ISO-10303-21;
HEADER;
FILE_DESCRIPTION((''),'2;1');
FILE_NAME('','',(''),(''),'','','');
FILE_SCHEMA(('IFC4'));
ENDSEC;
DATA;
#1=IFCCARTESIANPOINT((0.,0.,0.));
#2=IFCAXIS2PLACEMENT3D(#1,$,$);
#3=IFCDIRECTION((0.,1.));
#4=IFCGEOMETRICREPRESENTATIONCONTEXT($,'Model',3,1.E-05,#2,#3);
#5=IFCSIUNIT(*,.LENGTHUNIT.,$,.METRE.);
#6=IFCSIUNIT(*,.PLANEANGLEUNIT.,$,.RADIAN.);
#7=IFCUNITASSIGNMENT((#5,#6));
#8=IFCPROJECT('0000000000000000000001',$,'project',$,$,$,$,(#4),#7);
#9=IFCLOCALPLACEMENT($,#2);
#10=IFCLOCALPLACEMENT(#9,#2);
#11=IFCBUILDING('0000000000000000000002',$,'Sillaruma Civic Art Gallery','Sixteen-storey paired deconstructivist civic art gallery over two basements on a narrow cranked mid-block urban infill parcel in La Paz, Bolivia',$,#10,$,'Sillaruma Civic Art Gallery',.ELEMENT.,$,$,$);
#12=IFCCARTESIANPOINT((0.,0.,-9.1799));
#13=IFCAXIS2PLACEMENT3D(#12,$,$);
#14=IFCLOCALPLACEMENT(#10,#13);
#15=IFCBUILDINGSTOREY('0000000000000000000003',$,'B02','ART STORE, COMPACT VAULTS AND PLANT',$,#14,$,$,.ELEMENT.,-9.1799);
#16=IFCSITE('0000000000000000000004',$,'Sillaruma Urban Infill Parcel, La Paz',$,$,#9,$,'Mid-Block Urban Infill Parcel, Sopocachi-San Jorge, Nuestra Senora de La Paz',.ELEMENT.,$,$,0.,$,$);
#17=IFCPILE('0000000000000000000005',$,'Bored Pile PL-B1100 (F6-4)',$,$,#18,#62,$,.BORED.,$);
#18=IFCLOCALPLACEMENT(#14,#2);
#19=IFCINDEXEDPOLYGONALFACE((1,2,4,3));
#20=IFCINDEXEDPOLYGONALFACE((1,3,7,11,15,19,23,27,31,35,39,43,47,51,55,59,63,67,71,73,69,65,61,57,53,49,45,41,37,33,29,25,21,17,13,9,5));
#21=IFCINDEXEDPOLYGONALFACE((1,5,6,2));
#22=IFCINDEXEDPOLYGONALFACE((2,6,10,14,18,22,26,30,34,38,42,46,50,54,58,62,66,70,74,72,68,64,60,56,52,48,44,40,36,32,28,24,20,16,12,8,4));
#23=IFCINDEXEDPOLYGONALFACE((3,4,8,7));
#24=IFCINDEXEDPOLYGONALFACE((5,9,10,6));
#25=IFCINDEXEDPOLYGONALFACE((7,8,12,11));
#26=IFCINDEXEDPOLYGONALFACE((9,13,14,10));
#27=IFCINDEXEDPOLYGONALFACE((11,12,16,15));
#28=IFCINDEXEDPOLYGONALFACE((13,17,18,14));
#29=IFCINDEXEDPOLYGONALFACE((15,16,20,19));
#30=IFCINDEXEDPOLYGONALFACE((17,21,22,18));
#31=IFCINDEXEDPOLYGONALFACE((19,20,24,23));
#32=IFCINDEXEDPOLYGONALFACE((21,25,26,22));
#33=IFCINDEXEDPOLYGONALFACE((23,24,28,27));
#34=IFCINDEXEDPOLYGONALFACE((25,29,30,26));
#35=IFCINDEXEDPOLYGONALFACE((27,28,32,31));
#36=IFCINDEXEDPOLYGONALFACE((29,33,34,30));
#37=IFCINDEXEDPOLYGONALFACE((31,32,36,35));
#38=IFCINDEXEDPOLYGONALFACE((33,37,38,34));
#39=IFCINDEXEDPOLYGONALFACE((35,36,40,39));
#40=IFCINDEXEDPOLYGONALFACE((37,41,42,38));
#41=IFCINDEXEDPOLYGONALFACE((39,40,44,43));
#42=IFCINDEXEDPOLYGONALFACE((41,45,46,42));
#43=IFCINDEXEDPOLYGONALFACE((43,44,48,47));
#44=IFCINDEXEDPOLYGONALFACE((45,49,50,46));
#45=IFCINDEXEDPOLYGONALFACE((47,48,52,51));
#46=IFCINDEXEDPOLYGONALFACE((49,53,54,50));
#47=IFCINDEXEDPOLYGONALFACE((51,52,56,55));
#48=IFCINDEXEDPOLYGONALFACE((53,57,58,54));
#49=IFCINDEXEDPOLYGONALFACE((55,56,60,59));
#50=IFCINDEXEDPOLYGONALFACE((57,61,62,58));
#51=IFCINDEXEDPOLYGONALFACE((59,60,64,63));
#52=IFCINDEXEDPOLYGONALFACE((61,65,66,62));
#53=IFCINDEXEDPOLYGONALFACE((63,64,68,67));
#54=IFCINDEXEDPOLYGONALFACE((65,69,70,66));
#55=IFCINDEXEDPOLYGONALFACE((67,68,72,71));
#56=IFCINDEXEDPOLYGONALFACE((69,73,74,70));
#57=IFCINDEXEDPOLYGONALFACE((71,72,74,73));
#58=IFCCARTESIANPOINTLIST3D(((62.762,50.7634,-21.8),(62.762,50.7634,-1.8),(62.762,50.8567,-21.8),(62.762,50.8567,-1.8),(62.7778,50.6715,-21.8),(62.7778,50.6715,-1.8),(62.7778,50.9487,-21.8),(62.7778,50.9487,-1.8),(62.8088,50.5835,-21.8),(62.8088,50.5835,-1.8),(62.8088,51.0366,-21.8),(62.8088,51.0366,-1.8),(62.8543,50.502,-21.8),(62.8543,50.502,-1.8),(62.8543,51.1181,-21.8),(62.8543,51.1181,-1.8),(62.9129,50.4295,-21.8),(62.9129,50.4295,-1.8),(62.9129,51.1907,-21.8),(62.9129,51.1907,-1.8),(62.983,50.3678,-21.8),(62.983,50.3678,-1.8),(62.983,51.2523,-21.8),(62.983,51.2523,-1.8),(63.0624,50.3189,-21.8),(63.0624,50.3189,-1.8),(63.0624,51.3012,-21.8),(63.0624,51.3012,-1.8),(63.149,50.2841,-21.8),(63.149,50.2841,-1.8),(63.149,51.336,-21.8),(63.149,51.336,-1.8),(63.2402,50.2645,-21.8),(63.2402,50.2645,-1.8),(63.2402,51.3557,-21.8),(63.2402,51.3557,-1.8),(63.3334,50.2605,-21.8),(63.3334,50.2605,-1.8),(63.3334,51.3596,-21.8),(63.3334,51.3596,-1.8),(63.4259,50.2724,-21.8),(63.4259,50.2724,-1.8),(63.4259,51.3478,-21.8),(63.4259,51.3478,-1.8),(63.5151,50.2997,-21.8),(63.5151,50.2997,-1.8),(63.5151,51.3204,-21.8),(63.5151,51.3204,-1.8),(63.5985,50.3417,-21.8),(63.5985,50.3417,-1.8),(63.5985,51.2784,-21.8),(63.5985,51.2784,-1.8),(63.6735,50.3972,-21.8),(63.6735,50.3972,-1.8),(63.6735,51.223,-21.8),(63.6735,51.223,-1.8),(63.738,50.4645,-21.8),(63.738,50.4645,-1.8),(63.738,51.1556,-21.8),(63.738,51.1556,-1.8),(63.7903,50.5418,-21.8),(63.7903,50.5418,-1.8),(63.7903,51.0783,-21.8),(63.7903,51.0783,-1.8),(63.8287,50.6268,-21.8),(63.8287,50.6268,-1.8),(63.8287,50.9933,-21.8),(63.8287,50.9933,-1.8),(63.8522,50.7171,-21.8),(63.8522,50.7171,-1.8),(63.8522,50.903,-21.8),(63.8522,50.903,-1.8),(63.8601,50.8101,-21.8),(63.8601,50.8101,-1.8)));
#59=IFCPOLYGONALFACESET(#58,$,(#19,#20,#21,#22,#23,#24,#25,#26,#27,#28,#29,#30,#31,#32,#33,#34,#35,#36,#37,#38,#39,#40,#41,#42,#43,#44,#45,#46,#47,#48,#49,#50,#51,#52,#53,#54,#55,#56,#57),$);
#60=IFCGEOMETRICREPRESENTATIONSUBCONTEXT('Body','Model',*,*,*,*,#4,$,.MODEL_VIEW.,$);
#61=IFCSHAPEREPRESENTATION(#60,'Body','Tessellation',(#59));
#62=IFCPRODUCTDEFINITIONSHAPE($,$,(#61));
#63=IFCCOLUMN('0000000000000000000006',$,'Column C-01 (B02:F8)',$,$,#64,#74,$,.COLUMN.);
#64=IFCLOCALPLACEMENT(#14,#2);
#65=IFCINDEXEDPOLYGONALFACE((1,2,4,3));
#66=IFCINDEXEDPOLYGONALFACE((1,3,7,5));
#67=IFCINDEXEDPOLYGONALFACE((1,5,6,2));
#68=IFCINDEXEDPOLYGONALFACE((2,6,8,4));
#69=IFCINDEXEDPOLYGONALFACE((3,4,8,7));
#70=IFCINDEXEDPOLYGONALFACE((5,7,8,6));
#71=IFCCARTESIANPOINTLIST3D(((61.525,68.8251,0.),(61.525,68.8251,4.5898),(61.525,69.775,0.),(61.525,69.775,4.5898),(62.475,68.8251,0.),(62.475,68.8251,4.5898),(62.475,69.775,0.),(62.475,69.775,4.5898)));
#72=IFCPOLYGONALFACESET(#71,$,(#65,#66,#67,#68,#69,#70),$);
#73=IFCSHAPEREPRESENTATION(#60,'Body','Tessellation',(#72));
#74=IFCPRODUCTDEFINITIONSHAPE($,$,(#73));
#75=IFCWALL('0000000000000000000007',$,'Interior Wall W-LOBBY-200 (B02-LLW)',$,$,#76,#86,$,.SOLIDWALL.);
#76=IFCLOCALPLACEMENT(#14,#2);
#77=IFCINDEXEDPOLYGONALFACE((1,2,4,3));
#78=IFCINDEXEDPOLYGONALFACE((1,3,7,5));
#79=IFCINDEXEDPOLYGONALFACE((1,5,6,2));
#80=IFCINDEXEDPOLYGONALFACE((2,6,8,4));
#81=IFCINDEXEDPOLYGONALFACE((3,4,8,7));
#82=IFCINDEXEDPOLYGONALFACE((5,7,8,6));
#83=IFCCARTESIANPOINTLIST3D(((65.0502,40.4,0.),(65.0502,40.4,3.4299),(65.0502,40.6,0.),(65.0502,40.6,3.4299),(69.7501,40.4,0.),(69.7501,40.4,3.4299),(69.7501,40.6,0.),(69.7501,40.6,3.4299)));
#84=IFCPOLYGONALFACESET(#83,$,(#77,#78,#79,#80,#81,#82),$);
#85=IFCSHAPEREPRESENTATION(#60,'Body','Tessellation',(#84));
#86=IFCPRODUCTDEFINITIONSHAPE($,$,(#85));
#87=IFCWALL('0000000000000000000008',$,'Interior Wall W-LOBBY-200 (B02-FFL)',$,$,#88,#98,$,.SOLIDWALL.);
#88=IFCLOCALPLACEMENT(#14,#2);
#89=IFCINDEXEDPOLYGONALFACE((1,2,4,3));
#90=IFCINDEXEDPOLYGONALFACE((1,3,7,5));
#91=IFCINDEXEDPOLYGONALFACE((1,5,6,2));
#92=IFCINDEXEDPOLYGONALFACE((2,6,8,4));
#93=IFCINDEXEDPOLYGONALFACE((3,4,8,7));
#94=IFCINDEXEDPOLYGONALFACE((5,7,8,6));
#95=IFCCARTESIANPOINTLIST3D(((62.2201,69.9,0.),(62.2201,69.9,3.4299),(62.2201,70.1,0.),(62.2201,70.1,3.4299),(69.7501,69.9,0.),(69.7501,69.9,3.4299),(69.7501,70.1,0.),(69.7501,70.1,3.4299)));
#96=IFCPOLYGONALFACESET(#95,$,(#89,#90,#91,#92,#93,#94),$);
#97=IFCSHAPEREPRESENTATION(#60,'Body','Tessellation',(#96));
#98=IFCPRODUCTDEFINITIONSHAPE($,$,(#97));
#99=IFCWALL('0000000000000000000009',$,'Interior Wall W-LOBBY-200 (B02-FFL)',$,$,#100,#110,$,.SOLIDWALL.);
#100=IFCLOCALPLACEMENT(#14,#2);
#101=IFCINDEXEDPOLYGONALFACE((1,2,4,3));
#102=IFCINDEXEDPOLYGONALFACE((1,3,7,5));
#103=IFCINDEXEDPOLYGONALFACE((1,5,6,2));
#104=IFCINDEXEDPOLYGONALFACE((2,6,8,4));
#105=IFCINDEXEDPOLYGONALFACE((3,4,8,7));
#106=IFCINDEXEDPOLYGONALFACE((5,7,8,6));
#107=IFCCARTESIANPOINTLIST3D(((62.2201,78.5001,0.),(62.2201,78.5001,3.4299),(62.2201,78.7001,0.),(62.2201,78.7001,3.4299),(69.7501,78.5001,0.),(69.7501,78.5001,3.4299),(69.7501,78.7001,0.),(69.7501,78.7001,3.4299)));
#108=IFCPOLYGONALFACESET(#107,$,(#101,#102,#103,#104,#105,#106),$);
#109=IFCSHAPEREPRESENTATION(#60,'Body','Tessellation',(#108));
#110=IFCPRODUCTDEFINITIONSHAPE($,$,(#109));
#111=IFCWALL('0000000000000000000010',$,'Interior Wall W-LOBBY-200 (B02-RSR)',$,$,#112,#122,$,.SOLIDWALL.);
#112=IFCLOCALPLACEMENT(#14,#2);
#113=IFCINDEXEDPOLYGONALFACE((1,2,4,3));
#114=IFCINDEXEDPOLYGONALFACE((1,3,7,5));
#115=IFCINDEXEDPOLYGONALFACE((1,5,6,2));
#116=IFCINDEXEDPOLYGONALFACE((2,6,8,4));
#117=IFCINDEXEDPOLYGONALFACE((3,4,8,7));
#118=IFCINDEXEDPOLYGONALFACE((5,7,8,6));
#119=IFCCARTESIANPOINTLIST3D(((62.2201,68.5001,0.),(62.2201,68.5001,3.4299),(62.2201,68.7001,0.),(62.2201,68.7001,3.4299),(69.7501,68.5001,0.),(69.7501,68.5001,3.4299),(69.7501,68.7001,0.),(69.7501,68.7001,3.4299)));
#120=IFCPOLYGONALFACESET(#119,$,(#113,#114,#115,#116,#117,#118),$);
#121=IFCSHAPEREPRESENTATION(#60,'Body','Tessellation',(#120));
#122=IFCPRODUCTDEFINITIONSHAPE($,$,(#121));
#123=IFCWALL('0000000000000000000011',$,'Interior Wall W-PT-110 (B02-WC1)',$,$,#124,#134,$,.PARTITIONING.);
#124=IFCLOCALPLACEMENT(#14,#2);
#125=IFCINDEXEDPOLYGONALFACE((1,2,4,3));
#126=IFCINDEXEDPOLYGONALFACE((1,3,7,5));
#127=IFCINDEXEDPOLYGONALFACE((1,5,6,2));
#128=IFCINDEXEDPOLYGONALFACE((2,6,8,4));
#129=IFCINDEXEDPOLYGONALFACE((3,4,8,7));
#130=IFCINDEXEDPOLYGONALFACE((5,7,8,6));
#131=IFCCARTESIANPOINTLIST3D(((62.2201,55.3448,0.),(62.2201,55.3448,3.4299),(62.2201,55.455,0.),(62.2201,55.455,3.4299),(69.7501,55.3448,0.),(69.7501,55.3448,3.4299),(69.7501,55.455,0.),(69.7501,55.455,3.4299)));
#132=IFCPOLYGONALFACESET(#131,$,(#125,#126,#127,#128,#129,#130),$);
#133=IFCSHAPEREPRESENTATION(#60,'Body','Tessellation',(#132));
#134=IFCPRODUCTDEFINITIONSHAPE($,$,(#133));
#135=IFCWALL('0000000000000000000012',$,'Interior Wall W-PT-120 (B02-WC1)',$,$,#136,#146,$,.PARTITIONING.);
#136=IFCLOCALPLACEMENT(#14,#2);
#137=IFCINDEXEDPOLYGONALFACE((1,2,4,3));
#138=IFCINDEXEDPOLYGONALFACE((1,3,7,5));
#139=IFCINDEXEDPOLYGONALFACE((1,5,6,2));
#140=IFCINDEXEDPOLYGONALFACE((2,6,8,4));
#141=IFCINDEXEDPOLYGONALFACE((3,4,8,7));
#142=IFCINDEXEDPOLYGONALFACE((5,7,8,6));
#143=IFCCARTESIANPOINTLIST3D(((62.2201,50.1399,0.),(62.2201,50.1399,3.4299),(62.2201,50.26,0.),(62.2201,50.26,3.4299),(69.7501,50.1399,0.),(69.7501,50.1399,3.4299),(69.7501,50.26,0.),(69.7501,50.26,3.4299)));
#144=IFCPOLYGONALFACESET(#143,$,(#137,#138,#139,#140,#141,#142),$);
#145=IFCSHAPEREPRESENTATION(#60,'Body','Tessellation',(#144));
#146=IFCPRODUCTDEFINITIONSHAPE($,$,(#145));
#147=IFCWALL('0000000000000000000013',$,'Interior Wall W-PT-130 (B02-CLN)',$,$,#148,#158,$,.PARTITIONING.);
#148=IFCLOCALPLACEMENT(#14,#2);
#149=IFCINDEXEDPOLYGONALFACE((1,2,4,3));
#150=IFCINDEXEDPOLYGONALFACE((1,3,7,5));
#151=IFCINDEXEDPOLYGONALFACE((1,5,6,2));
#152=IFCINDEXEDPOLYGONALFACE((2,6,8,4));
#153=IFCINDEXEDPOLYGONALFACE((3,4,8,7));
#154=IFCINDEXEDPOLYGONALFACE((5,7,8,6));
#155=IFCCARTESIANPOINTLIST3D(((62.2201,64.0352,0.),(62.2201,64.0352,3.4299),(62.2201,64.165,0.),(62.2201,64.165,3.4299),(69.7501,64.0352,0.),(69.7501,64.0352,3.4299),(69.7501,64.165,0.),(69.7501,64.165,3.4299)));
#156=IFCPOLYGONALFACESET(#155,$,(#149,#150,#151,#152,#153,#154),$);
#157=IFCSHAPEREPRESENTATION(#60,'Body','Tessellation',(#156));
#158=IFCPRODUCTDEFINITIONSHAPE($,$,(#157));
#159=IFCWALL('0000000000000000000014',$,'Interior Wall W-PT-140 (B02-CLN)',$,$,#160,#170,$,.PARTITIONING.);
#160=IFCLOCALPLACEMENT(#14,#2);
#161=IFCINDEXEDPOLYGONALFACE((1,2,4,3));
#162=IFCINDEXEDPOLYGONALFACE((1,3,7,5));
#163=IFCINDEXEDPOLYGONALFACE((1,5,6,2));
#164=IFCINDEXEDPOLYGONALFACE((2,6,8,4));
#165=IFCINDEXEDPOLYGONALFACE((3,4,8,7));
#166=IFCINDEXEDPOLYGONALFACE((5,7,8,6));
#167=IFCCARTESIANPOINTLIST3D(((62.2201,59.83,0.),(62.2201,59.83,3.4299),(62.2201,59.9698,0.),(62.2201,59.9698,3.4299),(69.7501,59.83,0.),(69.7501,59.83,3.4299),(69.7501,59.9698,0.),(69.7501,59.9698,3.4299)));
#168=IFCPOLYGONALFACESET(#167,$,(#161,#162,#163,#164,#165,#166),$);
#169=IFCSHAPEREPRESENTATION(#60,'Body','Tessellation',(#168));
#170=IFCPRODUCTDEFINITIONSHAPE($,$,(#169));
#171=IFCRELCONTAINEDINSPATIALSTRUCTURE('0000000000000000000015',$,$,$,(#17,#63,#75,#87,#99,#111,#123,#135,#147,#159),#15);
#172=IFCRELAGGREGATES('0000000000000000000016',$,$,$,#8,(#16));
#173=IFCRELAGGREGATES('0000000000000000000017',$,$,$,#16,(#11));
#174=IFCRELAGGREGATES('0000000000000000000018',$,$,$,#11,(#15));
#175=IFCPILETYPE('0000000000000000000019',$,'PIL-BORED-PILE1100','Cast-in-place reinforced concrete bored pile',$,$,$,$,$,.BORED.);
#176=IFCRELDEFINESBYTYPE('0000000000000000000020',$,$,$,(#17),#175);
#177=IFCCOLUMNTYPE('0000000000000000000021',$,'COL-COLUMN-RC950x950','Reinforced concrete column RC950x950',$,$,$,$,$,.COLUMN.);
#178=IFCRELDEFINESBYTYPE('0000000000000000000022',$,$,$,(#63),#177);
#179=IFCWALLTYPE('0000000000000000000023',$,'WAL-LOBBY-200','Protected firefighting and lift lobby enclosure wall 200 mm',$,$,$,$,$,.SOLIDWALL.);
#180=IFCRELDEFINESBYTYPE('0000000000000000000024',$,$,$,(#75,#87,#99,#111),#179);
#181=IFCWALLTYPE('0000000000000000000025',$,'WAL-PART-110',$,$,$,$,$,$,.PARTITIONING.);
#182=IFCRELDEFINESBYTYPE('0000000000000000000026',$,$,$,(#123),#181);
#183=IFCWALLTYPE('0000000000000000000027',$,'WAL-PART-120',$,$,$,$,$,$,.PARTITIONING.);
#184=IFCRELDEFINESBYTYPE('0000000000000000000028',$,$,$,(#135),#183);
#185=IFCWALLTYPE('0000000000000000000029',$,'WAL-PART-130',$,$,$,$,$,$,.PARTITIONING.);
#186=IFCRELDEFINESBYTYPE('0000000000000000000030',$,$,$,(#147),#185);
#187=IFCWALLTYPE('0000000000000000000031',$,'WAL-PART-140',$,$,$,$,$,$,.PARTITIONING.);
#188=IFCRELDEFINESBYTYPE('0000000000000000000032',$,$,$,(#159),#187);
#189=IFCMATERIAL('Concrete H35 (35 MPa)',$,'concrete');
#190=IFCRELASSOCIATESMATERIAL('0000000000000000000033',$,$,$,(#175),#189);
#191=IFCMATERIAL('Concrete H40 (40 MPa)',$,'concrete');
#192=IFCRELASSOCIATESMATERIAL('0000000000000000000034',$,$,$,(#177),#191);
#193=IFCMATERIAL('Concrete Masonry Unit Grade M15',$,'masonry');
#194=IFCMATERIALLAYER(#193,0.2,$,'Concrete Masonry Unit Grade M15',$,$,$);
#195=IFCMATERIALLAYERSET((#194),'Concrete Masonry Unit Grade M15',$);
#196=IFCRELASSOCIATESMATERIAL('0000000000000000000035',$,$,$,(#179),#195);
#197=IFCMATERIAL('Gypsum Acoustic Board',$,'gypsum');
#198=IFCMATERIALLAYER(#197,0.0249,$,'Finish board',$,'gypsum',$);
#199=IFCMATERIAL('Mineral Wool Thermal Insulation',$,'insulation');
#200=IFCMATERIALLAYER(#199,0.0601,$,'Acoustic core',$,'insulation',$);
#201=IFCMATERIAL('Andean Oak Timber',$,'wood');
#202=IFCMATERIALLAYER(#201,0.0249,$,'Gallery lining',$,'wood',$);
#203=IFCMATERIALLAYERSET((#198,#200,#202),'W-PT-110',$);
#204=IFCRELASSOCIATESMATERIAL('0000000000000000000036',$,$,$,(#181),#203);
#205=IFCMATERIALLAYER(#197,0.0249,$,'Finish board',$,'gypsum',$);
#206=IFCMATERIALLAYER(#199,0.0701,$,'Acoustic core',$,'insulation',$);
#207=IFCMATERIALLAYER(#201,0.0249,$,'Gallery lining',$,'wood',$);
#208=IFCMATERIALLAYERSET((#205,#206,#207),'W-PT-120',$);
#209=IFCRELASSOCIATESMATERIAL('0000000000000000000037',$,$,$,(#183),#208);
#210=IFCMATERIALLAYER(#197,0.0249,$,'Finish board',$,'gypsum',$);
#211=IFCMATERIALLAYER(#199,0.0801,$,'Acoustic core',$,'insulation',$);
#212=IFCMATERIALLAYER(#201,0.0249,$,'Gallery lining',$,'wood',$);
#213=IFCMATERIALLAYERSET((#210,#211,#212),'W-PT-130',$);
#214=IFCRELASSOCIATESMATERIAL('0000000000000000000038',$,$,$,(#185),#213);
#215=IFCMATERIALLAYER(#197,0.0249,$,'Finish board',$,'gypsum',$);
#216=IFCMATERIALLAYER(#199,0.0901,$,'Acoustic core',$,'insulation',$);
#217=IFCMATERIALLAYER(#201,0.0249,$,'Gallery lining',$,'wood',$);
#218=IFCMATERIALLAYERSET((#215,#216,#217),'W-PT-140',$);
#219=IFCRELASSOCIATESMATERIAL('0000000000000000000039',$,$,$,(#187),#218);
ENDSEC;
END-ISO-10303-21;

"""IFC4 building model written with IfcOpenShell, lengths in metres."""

from ifc_helpers import new_model, si_unit, direction, frame, frame_2d, origin, origin_2d, place, context, subcontext, project, spatial, rectangle, circle, extrude, material, layer, layer_set, material_profile, profile_set, type_object, element, save


model = new_model("IFC4")

# Units and contexts
model_context = context("Model", 3, precision=1e-05, world=origin(), true_north=direction((0.0, 1.0)))
body_context = subcontext(model_context, "Body", "Model", "MODEL_VIEW")
ifc_project = project(units=[si_unit("LENGTHUNIT", "METRE"), si_unit("PLANEANGLEUNIT", "RADIAN")], contexts=[model_context])

# Site, building, storey
site_placement = place(None, origin())
site = spatial("IfcSite", under=ifc_project, at=site_placement, Name="Sillaruma Urban Infill Parcel, La Paz", LongName="Mid-Block Urban Infill Parcel, Sopocachi-San Jorge, Nuestra Senora de La Paz", CompositionType="ELEMENT", RefElevation=0.0)
building_placement = place(site_placement, origin())
building = spatial("IfcBuilding", under=site, at=building_placement, Name="Sillaruma Civic Art Gallery", Description="Sixteen-storey paired deconstructivist civic art gallery over two basements on a narrow cranked mid-block urban infill parcel in La Paz, Bolivia", LongName="Sillaruma Civic Art Gallery", CompositionType="ELEMENT")
storey_placement = place(building_placement, frame((0.0, 0.0, -9.1799)))
storey = spatial("IfcBuildingStorey", under=building, at=storey_placement, Name="B02", Description="ART STORE, COMPACT VAULTS AND PLANT", CompositionType="ELEMENT", Elevation=-9.1799)

# Shared definitions
ifc_material_1 = material(Name="Concrete H35 (35 MPa)", Category="concrete")

# Pile
ifc_material_profile_1 = material_profile(ifc_material_1, circle(Radius=0.55, at=origin_2d()), Name="PILE1100")
ifc_profile_set_1 = profile_set([ifc_material_profile_1], Name="Concrete H35 (35 MPa)")
pile_type_1 = type_object("IfcPileType", Name="PIL-BORED-PILE1100", Description="Cast-in-place reinforced concrete bored pile", PredefinedType="BORED", material=ifc_profile_set_1)
for number, where, z_axis, x_axis, name in (
    (1, (63.3101, 50.8101, -1.8), (0.0, 0.0, -1.0), (1.0, 0.0, 0.0), "Bored Pile PL-B1100 (F6-4)"),
):
    element("IfcPile", number, at=place(storey_placement, frame(where, z_axis=z_axis, x_axis=x_axis)), inside=storey, type_object=pile_type_1, Name=name, PredefinedType="BORED", context=body_context, shape_type="SweptSolid", body=[
        extrude(circle(Radius=0.55, at=origin_2d()), origin(), (0.0, 0.0, 1.0), 20.0),
    ])

# Column
ifc_material_2 = material(Name="Concrete H40 (40 MPa)", Category="concrete")
ifc_material_profile_2 = material_profile(ifc_material_2, rectangle(XDim=0.95, YDim=0.95, at=origin_2d()), Name="RC950x950")
ifc_profile_set_2 = profile_set([ifc_material_profile_2], Name="Concrete H40 (40 MPa)")
column_type = type_object("IfcColumnType", Name="COL-COLUMN-RC950x950", Description="Reinforced concrete column RC950x950", PredefinedType="COLUMN", material=ifc_profile_set_2)
column_placement = place(storey_placement, frame((62.0, 69.3, 0.0), z_axis=(0.0, 0.0, 1.0), x_axis=(1.0, 0.0, 0.0)))
element("IfcColumn", 2, at=column_placement, inside=storey, type_object=column_type, Name="Column C-01 (B02:F8)", PredefinedType="COLUMN", context=body_context, shape_type="SweptSolid", body=[
    extrude(rectangle(XDim=0.95, YDim=0.95, at=origin_2d()), origin(), (0.0, 0.0, 1.0), 4.5898),
])

# Walls
ifc_material_3 = material(Name="Concrete Masonry Unit Grade M15", Category="masonry")
ifc_layer_1 = layer(ifc_material_3, 0.2, Name="Concrete Masonry Unit Grade M15")
ifc_layer_set_1 = layer_set([ifc_layer_1], Name="Concrete Masonry Unit Grade M15")
wall_type_1 = type_object("IfcWallType", Name="WAL-LOBBY-200", Description="Protected firefighting and lift lobby enclosure wall 200 mm", PredefinedType="SOLIDWALL", material=ifc_layer_set_1)
wall_1_placement = place(storey_placement, frame((65.05, 40.5, 0.0), z_axis=(0.0, 0.0, 1.0), x_axis=(1.0, 0.0, 0.0)))
element("IfcWall", 3, at=wall_1_placement, inside=storey, type_object=wall_type_1, Name="Interior Wall W-LOBBY-200 (B02-LLW)", PredefinedType="SOLIDWALL", context=body_context, shape_type="SweptSolid", body=[
    extrude(rectangle(XDim=4.7, YDim=0.2, at=frame_2d((2.3501, 0.0))), origin(), (0.0, 0.0, 1.0), 3.4299),
])
for number, where, z_axis, x_axis, name in (
    (4, (62.22, 70.0, 0.0), (0.0, 0.0, 1.0), (1.0, 0.0, 0.0), "Interior Wall W-LOBBY-200 (B02-FFL)"),
    (5, (62.22, 78.6001, 0.0), (0.0, 0.0, 1.0), (1.0, 0.0, 0.0), "Interior Wall W-LOBBY-200 (B02-FFL)"),
    (6, (62.22, 68.6001, 0.0), (0.0, 0.0, 1.0), (1.0, 0.0, 0.0), "Interior Wall W-LOBBY-200 (B02-RSR)"),
):
    element("IfcWall", number, at=place(storey_placement, frame(where, z_axis=z_axis, x_axis=x_axis)), inside=storey, type_object=wall_type_1, Name=name, PredefinedType="SOLIDWALL", context=body_context, shape_type="SweptSolid", body=[
        extrude(rectangle(XDim=7.53, YDim=0.2, at=frame_2d((3.7651, 0.0))), origin(), (0.0, 0.0, 1.0), 3.4299),
    ])
ifc_material_4 = material(Name="Gypsum Acoustic Board", Category="gypsum")
ifc_layer_2 = layer(ifc_material_4, 0.0249, Name="Finish board", Category="gypsum")
ifc_material_5 = material(Name="Mineral Wool Thermal Insulation", Category="insulation")
ifc_layer_3 = layer(ifc_material_5, 0.0601, Name="Acoustic core", Category="insulation")
ifc_material_6 = material(Name="Andean Oak Timber", Category="wood")
ifc_layer_4 = layer(ifc_material_6, 0.0249, Name="Gallery lining", Category="wood")
ifc_layer_set_2 = layer_set([ifc_layer_2, ifc_layer_3, ifc_layer_4], Name="W-PT-110")
wall_type_2 = type_object("IfcWallType", Name="WAL-PART-110", PredefinedType="PARTITIONING", material=ifc_layer_set_2)
wall_2_placement = place(storey_placement, frame((62.22, 55.3999, 0.0), z_axis=(0.0, 0.0, 1.0), x_axis=(1.0, 0.0, 0.0)))
element("IfcWall", 7, at=wall_2_placement, inside=storey, type_object=wall_type_2, Name="Interior Wall W-PT-110 (B02-WC1)", PredefinedType="PARTITIONING", context=body_context, shape_type="SweptSolid", body=[
    extrude(rectangle(XDim=7.53, YDim=0.1101, at=frame_2d((3.7651, 0.0))), origin(), (0.0, 0.0, 1.0), 3.4299),
])
ifc_layer_5 = layer(ifc_material_4, 0.0249, Name="Finish board", Category="gypsum")
ifc_layer_6 = layer(ifc_material_5, 0.0701, Name="Acoustic core", Category="insulation")
ifc_layer_7 = layer(ifc_material_6, 0.0249, Name="Gallery lining", Category="wood")
ifc_layer_set_3 = layer_set([ifc_layer_5, ifc_layer_6, ifc_layer_7], Name="W-PT-120")
wall_type_3 = type_object("IfcWallType", Name="WAL-PART-120", PredefinedType="PARTITIONING", material=ifc_layer_set_3)
wall_3_placement = place(storey_placement, frame((62.22, 50.2, 0.0), z_axis=(0.0, 0.0, 1.0), x_axis=(1.0, 0.0, 0.0)))
element("IfcWall", 8, at=wall_3_placement, inside=storey, type_object=wall_type_3, Name="Interior Wall W-PT-120 (B02-WC1)", PredefinedType="PARTITIONING", context=body_context, shape_type="SweptSolid", body=[
    extrude(rectangle(XDim=7.53, YDim=0.1201, at=frame_2d((3.7651, 0.0))), origin(), (0.0, 0.0, 1.0), 3.4299),
])
ifc_layer_8 = layer(ifc_material_4, 0.0249, Name="Finish board", Category="gypsum")
ifc_layer_9 = layer(ifc_material_5, 0.0801, Name="Acoustic core", Category="insulation")
ifc_layer_10 = layer(ifc_material_6, 0.0249, Name="Gallery lining", Category="wood")
ifc_layer_set_4 = layer_set([ifc_layer_8, ifc_layer_9, ifc_layer_10], Name="W-PT-130")
wall_type_4 = type_object("IfcWallType", Name="WAL-PART-130", PredefinedType="PARTITIONING", material=ifc_layer_set_4)
wall_4_placement = place(storey_placement, frame((62.22, 64.1001, 0.0), z_axis=(0.0, 0.0, 1.0), x_axis=(1.0, 0.0, 0.0)))
element("IfcWall", 9, at=wall_4_placement, inside=storey, type_object=wall_type_4, Name="Interior Wall W-PT-130 (B02-CLN)", PredefinedType="PARTITIONING", context=body_context, shape_type="SweptSolid", body=[
    extrude(rectangle(XDim=7.53, YDim=0.1299, at=frame_2d((3.7651, 0.0))), origin(), (0.0, 0.0, 1.0), 3.4299),
])
ifc_layer_11 = layer(ifc_material_4, 0.0249, Name="Finish board", Category="gypsum")
ifc_layer_12 = layer(ifc_material_5, 0.0901, Name="Acoustic core", Category="insulation")
ifc_layer_13 = layer(ifc_material_6, 0.0249, Name="Gallery lining", Category="wood")
ifc_layer_set_5 = layer_set([ifc_layer_11, ifc_layer_12, ifc_layer_13], Name="W-PT-140")
wall_type_5 = type_object("IfcWallType", Name="WAL-PART-140", PredefinedType="PARTITIONING", material=ifc_layer_set_5)
wall_5_placement = place(storey_placement, frame((62.22, 59.8999, 0.0), z_axis=(0.0, 0.0, 1.0), x_axis=(1.0, 0.0, 0.0)))
element("IfcWall", 10, at=wall_5_placement, inside=storey, type_object=wall_type_5, Name="Interior Wall W-PT-140 (B02-CLN)", PredefinedType="PARTITIONING", context=body_context, shape_type="SweptSolid", body=[
    extrude(rectangle(XDim=7.53, YDim=0.1399, at=frame_2d((3.7651, 0.0))), origin(), (0.0, 0.0, 1.0), 3.4299),
])

save(model, "model.ifc")
